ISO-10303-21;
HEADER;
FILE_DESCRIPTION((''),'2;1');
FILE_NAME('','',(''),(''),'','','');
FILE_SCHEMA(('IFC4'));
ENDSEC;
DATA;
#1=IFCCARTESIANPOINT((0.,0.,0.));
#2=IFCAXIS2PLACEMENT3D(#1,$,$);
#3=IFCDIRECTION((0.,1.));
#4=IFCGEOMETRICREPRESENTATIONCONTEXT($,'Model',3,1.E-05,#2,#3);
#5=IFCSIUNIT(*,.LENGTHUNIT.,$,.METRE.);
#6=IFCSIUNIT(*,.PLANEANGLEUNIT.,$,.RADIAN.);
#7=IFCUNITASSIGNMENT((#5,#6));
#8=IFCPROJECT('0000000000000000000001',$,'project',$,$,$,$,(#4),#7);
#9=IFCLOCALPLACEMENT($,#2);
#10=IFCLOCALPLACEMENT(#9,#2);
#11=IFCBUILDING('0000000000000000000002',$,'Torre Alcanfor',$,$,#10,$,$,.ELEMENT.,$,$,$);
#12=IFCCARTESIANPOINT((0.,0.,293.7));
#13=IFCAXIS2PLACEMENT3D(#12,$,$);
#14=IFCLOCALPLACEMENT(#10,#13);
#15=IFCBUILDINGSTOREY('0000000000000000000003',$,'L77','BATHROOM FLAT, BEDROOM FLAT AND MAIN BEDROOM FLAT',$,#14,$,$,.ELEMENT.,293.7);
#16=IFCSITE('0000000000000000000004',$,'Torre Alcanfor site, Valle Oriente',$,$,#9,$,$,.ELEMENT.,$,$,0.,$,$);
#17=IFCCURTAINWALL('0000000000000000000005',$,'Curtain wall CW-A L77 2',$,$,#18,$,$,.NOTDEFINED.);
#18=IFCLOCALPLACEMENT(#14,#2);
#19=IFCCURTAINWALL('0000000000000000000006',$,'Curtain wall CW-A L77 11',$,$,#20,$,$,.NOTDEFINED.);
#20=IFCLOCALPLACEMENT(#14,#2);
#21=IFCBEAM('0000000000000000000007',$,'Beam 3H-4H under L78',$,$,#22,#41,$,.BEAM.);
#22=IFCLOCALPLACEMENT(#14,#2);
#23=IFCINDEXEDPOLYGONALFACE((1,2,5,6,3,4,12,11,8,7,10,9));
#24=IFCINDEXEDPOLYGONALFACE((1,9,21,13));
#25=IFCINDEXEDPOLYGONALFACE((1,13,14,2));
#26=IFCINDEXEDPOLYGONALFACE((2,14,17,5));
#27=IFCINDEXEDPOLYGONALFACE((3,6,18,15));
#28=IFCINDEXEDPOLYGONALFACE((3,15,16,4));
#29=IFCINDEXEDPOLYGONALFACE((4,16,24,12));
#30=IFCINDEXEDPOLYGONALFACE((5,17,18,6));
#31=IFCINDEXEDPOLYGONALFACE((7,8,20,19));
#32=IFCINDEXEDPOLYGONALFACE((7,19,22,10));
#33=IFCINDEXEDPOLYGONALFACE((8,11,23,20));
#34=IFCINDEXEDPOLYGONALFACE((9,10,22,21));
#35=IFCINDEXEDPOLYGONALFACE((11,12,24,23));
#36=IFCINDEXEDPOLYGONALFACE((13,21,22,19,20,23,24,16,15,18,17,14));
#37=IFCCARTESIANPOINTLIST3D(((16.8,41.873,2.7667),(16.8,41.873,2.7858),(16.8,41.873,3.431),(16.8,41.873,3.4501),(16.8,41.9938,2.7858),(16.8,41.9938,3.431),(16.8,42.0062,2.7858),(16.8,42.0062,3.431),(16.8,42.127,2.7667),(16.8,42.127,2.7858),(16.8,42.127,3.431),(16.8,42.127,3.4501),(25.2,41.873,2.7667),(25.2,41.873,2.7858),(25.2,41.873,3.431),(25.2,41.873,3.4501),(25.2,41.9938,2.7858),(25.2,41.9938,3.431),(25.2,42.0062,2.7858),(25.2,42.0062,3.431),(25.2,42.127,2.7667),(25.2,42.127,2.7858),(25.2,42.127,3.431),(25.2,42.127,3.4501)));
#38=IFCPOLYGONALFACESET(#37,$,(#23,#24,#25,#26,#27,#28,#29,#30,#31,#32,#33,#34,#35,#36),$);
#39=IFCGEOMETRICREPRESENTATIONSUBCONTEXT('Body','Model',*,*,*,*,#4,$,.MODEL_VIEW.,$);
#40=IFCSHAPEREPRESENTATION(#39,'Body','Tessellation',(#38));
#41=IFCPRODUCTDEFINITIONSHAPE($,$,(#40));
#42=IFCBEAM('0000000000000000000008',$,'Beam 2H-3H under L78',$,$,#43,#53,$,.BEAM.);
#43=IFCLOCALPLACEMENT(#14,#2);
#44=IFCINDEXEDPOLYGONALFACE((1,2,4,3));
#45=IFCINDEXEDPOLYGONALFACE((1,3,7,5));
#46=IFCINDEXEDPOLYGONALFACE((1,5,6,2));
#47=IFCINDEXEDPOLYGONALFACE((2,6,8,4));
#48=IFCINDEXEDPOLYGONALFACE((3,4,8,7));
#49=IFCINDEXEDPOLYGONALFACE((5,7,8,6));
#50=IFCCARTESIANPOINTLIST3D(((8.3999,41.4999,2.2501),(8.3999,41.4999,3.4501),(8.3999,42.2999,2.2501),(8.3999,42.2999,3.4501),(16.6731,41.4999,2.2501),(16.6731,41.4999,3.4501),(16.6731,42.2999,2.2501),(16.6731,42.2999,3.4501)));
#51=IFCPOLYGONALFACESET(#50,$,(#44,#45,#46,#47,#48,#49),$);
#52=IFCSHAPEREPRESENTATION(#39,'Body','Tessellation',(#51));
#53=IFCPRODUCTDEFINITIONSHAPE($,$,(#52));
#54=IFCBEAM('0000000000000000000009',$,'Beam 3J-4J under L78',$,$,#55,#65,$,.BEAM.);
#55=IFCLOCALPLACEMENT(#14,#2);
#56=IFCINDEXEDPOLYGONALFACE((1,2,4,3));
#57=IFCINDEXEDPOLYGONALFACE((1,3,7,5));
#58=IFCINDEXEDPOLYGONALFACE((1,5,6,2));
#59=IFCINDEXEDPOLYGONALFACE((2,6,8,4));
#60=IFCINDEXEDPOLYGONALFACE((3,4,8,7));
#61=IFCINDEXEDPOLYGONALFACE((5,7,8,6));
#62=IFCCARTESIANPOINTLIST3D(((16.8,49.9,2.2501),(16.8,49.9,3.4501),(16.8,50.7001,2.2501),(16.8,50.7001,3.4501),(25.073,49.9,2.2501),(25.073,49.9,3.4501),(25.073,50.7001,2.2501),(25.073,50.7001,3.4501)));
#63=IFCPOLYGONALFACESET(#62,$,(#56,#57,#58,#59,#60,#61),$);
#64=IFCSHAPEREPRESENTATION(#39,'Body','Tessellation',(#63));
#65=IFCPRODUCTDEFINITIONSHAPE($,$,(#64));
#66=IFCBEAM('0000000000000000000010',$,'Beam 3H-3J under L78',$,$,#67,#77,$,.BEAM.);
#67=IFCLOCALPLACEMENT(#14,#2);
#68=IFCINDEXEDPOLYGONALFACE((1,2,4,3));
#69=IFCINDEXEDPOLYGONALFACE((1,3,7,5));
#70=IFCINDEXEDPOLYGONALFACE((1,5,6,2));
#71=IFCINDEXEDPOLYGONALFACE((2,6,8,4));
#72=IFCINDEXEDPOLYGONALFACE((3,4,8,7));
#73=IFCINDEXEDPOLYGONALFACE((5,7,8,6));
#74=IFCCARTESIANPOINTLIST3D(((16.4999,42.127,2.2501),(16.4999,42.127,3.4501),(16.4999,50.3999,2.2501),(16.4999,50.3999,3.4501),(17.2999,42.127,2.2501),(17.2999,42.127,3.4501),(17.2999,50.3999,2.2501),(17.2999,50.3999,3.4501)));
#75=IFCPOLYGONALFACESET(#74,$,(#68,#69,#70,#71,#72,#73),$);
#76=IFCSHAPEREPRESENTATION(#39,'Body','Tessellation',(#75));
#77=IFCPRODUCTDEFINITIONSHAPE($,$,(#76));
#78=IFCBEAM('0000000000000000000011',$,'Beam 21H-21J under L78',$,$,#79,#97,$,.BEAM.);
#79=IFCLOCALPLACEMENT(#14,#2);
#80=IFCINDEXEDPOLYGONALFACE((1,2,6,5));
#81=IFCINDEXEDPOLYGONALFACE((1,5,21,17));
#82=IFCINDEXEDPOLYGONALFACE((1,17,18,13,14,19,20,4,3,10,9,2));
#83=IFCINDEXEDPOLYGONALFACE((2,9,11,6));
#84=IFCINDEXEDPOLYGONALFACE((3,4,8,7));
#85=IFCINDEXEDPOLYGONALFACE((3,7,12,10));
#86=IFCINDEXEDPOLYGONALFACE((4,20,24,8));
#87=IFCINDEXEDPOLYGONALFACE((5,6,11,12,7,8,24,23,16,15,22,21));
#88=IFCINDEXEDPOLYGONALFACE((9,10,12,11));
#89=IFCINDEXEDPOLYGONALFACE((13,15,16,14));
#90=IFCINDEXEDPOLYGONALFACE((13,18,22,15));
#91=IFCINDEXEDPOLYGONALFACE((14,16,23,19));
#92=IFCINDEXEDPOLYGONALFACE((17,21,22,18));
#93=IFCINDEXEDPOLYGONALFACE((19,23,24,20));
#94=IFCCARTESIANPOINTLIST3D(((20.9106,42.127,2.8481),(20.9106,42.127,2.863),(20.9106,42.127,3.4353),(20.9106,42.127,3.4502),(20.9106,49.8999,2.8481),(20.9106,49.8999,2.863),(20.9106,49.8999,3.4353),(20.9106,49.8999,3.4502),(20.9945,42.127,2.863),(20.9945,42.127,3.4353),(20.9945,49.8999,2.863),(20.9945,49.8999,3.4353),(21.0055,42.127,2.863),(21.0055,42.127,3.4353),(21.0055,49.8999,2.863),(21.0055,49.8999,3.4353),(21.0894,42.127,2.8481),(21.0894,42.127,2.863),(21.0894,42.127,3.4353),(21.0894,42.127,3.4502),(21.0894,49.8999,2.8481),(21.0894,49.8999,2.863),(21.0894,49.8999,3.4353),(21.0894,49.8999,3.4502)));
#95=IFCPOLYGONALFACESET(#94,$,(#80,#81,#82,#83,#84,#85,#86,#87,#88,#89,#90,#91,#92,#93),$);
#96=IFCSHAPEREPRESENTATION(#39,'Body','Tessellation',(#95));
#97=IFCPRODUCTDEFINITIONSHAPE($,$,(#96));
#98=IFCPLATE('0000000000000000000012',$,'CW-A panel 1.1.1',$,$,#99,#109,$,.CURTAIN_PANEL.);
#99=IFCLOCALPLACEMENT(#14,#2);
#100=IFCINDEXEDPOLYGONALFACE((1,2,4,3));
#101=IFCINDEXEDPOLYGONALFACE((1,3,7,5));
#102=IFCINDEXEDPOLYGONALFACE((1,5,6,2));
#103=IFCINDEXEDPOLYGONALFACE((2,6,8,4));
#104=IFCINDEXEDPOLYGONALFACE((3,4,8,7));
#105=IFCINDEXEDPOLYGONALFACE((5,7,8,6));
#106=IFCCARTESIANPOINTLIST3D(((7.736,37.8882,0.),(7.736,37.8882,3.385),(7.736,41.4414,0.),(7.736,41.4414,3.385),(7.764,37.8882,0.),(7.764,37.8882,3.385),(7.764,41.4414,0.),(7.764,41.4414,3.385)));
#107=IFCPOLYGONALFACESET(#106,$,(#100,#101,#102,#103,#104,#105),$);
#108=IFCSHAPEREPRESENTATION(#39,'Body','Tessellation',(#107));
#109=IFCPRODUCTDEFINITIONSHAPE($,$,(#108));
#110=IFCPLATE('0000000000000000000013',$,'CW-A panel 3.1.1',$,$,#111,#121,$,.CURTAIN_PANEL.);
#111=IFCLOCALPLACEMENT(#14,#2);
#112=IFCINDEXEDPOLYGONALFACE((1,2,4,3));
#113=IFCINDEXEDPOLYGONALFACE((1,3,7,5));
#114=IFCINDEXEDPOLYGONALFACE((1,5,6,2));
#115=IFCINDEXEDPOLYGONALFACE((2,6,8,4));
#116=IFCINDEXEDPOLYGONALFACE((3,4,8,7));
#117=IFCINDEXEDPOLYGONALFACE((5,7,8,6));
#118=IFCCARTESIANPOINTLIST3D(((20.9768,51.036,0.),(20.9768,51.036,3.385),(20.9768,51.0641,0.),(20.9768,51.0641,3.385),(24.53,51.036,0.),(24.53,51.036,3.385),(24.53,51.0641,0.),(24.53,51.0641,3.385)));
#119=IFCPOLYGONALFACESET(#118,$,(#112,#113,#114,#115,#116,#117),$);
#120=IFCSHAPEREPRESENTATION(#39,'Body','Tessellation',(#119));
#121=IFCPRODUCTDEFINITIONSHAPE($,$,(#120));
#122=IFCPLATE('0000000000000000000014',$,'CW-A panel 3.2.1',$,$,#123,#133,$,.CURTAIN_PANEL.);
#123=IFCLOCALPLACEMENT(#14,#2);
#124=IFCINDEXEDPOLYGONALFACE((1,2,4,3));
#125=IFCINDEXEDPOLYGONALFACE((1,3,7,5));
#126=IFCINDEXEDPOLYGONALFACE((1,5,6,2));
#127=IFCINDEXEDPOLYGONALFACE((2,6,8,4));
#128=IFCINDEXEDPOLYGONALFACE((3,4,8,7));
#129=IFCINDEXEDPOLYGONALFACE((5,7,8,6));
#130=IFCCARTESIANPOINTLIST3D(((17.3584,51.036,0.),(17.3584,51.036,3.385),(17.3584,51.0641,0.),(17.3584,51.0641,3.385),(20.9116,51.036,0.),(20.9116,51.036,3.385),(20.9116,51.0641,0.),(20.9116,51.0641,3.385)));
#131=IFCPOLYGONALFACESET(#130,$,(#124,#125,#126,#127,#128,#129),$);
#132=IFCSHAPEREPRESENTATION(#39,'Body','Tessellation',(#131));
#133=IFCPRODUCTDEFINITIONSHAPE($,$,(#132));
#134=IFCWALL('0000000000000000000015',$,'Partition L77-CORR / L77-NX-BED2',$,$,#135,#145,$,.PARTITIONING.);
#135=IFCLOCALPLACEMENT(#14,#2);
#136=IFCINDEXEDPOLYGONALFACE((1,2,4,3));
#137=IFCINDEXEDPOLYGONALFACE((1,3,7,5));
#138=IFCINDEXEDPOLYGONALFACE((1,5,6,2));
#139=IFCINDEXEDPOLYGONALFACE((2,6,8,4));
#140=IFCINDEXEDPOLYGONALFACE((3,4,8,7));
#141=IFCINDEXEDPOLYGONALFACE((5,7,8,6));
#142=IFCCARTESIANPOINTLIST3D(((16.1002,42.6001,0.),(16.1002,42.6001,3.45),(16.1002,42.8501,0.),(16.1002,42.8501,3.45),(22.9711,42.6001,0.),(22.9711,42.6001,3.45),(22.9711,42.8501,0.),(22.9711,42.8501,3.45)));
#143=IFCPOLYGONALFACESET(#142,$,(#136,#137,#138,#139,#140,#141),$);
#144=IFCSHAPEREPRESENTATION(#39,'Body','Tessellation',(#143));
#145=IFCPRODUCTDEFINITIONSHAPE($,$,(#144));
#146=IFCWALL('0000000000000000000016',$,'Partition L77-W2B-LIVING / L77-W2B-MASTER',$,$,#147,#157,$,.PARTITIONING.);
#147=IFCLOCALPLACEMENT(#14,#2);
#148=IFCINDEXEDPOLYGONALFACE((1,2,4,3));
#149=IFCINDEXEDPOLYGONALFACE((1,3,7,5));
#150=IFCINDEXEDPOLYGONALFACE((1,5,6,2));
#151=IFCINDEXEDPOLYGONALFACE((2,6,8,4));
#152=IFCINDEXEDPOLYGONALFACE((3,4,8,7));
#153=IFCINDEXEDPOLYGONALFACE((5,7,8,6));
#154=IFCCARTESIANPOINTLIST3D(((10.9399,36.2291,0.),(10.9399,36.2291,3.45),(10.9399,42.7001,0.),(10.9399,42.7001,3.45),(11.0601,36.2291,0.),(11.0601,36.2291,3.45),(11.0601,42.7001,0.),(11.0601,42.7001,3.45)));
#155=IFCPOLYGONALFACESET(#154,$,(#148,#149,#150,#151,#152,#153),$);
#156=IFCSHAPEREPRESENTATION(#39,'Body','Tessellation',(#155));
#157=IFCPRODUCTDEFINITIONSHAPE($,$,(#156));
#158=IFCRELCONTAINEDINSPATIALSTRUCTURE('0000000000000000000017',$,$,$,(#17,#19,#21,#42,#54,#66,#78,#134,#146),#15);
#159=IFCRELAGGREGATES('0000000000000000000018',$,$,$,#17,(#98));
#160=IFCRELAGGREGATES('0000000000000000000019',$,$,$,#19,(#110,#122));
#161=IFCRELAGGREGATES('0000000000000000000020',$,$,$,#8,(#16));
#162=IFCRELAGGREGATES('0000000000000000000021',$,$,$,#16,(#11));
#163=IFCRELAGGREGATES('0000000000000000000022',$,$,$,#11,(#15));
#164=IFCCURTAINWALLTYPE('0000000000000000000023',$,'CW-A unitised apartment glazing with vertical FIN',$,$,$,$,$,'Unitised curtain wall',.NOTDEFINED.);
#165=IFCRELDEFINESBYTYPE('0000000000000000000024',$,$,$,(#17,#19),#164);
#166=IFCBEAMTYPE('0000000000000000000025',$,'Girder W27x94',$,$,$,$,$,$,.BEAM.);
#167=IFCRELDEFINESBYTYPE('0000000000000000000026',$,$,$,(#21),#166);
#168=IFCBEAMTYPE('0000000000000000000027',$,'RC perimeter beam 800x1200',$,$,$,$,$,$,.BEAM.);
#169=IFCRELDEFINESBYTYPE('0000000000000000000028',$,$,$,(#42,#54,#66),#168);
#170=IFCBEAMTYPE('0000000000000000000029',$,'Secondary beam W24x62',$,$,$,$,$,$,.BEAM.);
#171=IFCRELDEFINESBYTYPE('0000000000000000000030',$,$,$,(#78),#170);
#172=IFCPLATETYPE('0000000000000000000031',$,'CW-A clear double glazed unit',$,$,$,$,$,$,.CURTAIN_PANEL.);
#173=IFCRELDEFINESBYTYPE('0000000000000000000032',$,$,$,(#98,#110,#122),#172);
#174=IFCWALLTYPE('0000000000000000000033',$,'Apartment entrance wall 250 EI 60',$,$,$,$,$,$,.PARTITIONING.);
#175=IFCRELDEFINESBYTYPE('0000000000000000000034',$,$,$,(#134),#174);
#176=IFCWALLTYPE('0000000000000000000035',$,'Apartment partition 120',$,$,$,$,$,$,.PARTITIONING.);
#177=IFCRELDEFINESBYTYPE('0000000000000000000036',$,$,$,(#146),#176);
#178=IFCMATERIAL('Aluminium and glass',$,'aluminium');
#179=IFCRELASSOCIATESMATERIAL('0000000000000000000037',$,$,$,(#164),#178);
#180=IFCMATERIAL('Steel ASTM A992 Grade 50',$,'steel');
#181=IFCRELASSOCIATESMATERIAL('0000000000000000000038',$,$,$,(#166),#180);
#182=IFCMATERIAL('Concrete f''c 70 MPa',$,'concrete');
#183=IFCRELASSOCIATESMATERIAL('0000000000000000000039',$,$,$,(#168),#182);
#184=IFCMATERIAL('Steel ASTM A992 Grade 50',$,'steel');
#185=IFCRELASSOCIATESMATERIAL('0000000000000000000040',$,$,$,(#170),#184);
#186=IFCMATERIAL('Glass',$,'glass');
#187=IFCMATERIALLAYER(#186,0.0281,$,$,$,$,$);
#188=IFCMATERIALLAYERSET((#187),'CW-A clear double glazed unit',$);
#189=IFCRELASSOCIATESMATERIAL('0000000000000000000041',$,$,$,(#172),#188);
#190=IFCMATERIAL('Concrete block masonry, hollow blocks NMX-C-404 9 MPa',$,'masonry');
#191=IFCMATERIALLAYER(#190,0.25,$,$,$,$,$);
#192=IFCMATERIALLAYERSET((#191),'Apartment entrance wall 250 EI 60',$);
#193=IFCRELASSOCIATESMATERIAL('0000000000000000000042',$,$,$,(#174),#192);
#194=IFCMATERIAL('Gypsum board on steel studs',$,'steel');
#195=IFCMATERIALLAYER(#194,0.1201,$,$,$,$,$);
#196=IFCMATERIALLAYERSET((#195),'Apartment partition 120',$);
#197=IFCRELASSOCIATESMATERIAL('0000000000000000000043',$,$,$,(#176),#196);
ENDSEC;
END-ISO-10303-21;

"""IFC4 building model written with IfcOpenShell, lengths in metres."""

from ifc_helpers import new_model, si_unit, direction, frame, frame_2d, origin, origin_2d, place, context, subcontext, project, spatial, rectangle, i_section, extrude, material, layer, layer_set, material_profile, profile_set, type_object, element, aggregate, save


model = new_model("IFC4")

# Units and contexts
model_context = context("Model", 3, precision=1e-05, world=origin(), true_north=direction((0.0, 1.0)))
body_context = subcontext(model_context, "Body", "Model", "MODEL_VIEW")
ifc_project = project(units=[si_unit("LENGTHUNIT", "METRE"), si_unit("PLANEANGLEUNIT", "RADIAN")], contexts=[model_context])

# Site, building, storey
site_placement = place(None, origin())
site = spatial("IfcSite", under=ifc_project, at=site_placement, Name="Torre Alcanfor site, Valle Oriente", CompositionType="ELEMENT", RefElevation=0.0)
building_placement = place(site_placement, origin())
building = spatial("IfcBuilding", under=site, at=building_placement, Name="Torre Alcanfor", CompositionType="ELEMENT")
storey_placement = place(building_placement, frame((0.0, 0.0, 293.7)))
storey = spatial("IfcBuildingStorey", under=building, at=storey_placement, Name="L77", Description="BATHROOM FLAT, BEDROOM FLAT AND MAIN BEDROOM FLAT", CompositionType="ELEMENT", Elevation=293.7)

# Curtain wall
ifc_material_1 = material(Name="Aluminium and glass", Category="aluminium")
curtain_wall_type = type_object("IfcCurtainWallType", Name="CW-A unitised apartment glazing with vertical FIN", ElementType="Unitised curtain wall", PredefinedType="NOTDEFINED", material=ifc_material_1)
curtain_wall_1_placement = place(storey_placement, origin())
curtain_wall_1 = element("IfcCurtainWall", 1, at=curtain_wall_1_placement, inside=storey, type_object=curtain_wall_type, Name="Curtain wall CW-A L77 2", PredefinedType="NOTDEFINED")

# Curtain wall
curtain_wall_2_placement = place(storey_placement, origin())
curtain_wall_2 = element("IfcCurtainWall", 2, at=curtain_wall_2_placement, inside=storey, type_object=curtain_wall_type, Name="Curtain wall CW-A L77 11", PredefinedType="NOTDEFINED")

# Beams
ifc_material_2 = material(Name="Steel ASTM A992 Grade 50", Category="steel")
ifc_material_profile_1 = material_profile(ifc_material_2, i_section(OverallWidth=0.2539, OverallDepth=0.6833, WebThickness=0.0125, FlangeThickness=0.019, at=origin_2d()), Name="W27x94")
ifc_profile_set_1 = profile_set([ifc_material_profile_1], Name="Steel ASTM A992 Grade 50")
beam_type_1 = type_object("IfcBeamType", Name="Girder W27x94", PredefinedType="BEAM", material=ifc_profile_set_1)
beam_1_placement = place(storey_placement, frame((16.8, 42.0, 3.1084), z_axis=(1.0, 0.0, 0.0), x_axis=(0.0, 1.0, 0.0)))
element("IfcBeam", 3, at=beam_1_placement, inside=storey, type_object=beam_type_1, Name="Beam 3H-4H under L78", PredefinedType="BEAM", context=body_context, shape_type="SweptSolid", body=[
    extrude(i_section(OverallWidth=0.2539, OverallDepth=0.6833, WebThickness=0.0125, FlangeThickness=0.019, at=origin_2d()), origin(), (0.0, 0.0, 1.0), 8.3999),
])
ifc_material_3 = material(Name="Concrete f'c 70 MPa", Category="concrete")
ifc_material_profile_2 = material_profile(ifc_material_3, rectangle(XDim=0.8, YDim=1.2, at=origin_2d()), Name="800x1200")
ifc_profile_set_2 = profile_set([ifc_material_profile_2], Name="Concrete f'c 70 MPa")
beam_type_2 = type_object("IfcBeamType", Name="RC perimeter beam 800x1200", PredefinedType="BEAM", material=ifc_profile_set_2)
beam_2_placement = place(storey_placement, frame((8.3999, 41.8999, 2.8501), z_axis=(1.0, 0.0, 0.0), x_axis=(0.0, 1.0, 0.0)))
element("IfcBeam", 4, at=beam_2_placement, inside=storey, type_object=beam_type_2, Name="Beam 2H-3H under L78", PredefinedType="BEAM", context=body_context, shape_type="SweptSolid", body=[
    extrude(rectangle(XDim=0.8, YDim=1.2, at=origin_2d()), origin(), (0.0, 0.0, 1.0), 8.2732),
])
for number, where, z_axis, x_axis, name in (
    (5, (16.8, 50.3, 2.8501), (1.0, 0.0, 0.0), (0.0, 1.0, 0.0), "Beam 3J-4J under L78"),
    (6, (16.8999, 42.127, 2.8501), (0.0, 1.0, 0.0), (-1.0, 0.0, 0.0), "Beam 3H-3J under L78"),
):
    element("IfcBeam", number, at=place(storey_placement, frame(where, z_axis=z_axis, x_axis=x_axis)), inside=storey, type_object=beam_type_2, Name=name, PredefinedType="BEAM", context=body_context, shape_type="SweptSolid", body=[
        extrude(rectangle(XDim=0.8, YDim=1.2, at=origin_2d()), origin(), (0.0, 0.0, 1.0), 8.2729),
    ])
ifc_material_4 = material(Name="Steel ASTM A992 Grade 50", Category="steel")
ifc_material_profile_3 = material_profile(ifc_material_4, i_section(OverallWidth=0.1787, OverallDepth=0.6021, WebThickness=0.011, FlangeThickness=0.0149, at=origin_2d()), Name="W24x62")
ifc_profile_set_3 = profile_set([ifc_material_profile_3], Name="Steel ASTM A992 Grade 50")
beam_type_3 = type_object("IfcBeamType", Name="Secondary beam W24x62", PredefinedType="BEAM", material=ifc_profile_set_3)
beam_3_placement = place(storey_placement, frame((21.0, 42.127, 3.1492), z_axis=(0.0, 1.0, 0.0), x_axis=(-1.0, 0.0, 0.0)))
element("IfcBeam", 7, at=beam_3_placement, inside=storey, type_object=beam_type_3, Name="Beam 21H-21J under L78", PredefinedType="BEAM", context=body_context, shape_type="SweptSolid", body=[
    extrude(i_section(OverallWidth=0.1787, OverallDepth=0.6021, WebThickness=0.011, FlangeThickness=0.0149, at=origin_2d()), origin(), (0.0, 0.0, 1.0), 7.7729),
])

# Plates
ifc_material_5 = material(Name="Glass", Category="glass")
ifc_layer_1 = layer(ifc_material_5, 0.0281)
ifc_layer_set_1 = layer_set([ifc_layer_1], Name="CW-A clear double glazed unit")
plate_type = type_object("IfcPlateType", Name="CW-A clear double glazed unit", PredefinedType="CURTAIN_PANEL", material=ifc_layer_set_1)
plate_1_placement = place(storey_placement, frame((7.75, 39.6648, 0.0), z_axis=(0.0, 0.0, 1.0), x_axis=(0.0, -1.0, 0.0)))
plate_1 = element("IfcPlate", 8, at=plate_1_placement, type_object=plate_type, Name="CW-A panel 1.1.1", PredefinedType="CURTAIN_PANEL", context=body_context, shape_type="SweptSolid", body=[
    extrude(rectangle(XDim=3.5532, YDim=0.0281, at=origin_2d()), origin(), (0.0, 0.0, 1.0), 3.385),
])
aggregate(curtain_wall_1, [plate_1])
plate_2_placement = place(storey_placement, frame((22.7534, 51.05, 0.0), z_axis=(0.0, 0.0, 1.0), x_axis=(-1.0, 0.0, 0.0)))
plate_2 = element("IfcPlate", 9, at=plate_2_placement, type_object=plate_type, Name="CW-A panel 3.1.1", PredefinedType="CURTAIN_PANEL", context=body_context, shape_type="SweptSolid", body=[
    extrude(rectangle(XDim=3.5532, YDim=0.0281, at=origin_2d()), origin(), (0.0, 0.0, 1.0), 3.385),
])
plate_3_placement = place(storey_placement, frame((19.135, 51.05, 0.0), z_axis=(0.0, 0.0, 1.0), x_axis=(-1.0, 0.0, 0.0)))
plate_3 = element("IfcPlate", 10, at=plate_3_placement, type_object=plate_type, Name="CW-A panel 3.2.1", PredefinedType="CURTAIN_PANEL", context=body_context, shape_type="SweptSolid", body=[
    extrude(rectangle(XDim=3.5532, YDim=0.0281, at=origin_2d()), origin(), (0.0, 0.0, 1.0), 3.385),
])
aggregate(curtain_wall_2, [plate_2, plate_3])

# Walls
ifc_material_6 = material(Name="Concrete block masonry, hollow blocks NMX-C-404 9 MPa", Category="masonry")
ifc_layer_2 = layer(ifc_material_6, 0.25)
ifc_layer_set_2 = layer_set([ifc_layer_2], Name="Apartment entrance wall 250 EI 60")
wall_type_1 = type_object("IfcWallType", Name="Apartment entrance wall 250 EI 60", PredefinedType="PARTITIONING", material=ifc_layer_set_2)
wall_1_placement = place(storey_placement, frame((16.1001, 42.7251, 0.0), z_axis=(0.0, 0.0, 1.0), x_axis=(1.0, 0.0, 0.0)))
element("IfcWall", 11, at=wall_1_placement, inside=storey, type_object=wall_type_1, Name="Partition L77-CORR / L77-NX-BED2", PredefinedType="PARTITIONING", context=body_context, shape_type="SweptSolid", body=[
    extrude(rectangle(XDim=6.8708, YDim=0.25, at=frame_2d((3.4355, 0.0))), origin(), (0.0, 0.0, 1.0), 3.45),
])
ifc_material_7 = material(Name="Gypsum board on steel studs", Category="steel")
ifc_layer_3 = layer(ifc_material_7, 0.1201)
ifc_layer_set_3 = layer_set([ifc_layer_3], Name="Apartment partition 120")
wall_type_2 = type_object("IfcWallType", Name="Apartment partition 120", PredefinedType="PARTITIONING", material=ifc_layer_set_3)
wall_2_placement = place(storey_placement, frame((11.0, 42.7, 0.0), z_axis=(0.0, 0.0, 1.0), x_axis=(0.0, -1.0, 0.0)))
element("IfcWall", 12, at=wall_2_placement, inside=storey, type_object=wall_type_2, Name="Partition L77-W2B-LIVING / L77-W2B-MASTER", PredefinedType="PARTITIONING", context=body_context, shape_type="SweptSolid", body=[
    extrude(rectangle(XDim=6.4709, YDim=0.1201, at=frame_2d((3.2354, 0.0))), origin(), (0.0, 0.0, 1.0), 3.45),
])

save(model, "model.ifc")
